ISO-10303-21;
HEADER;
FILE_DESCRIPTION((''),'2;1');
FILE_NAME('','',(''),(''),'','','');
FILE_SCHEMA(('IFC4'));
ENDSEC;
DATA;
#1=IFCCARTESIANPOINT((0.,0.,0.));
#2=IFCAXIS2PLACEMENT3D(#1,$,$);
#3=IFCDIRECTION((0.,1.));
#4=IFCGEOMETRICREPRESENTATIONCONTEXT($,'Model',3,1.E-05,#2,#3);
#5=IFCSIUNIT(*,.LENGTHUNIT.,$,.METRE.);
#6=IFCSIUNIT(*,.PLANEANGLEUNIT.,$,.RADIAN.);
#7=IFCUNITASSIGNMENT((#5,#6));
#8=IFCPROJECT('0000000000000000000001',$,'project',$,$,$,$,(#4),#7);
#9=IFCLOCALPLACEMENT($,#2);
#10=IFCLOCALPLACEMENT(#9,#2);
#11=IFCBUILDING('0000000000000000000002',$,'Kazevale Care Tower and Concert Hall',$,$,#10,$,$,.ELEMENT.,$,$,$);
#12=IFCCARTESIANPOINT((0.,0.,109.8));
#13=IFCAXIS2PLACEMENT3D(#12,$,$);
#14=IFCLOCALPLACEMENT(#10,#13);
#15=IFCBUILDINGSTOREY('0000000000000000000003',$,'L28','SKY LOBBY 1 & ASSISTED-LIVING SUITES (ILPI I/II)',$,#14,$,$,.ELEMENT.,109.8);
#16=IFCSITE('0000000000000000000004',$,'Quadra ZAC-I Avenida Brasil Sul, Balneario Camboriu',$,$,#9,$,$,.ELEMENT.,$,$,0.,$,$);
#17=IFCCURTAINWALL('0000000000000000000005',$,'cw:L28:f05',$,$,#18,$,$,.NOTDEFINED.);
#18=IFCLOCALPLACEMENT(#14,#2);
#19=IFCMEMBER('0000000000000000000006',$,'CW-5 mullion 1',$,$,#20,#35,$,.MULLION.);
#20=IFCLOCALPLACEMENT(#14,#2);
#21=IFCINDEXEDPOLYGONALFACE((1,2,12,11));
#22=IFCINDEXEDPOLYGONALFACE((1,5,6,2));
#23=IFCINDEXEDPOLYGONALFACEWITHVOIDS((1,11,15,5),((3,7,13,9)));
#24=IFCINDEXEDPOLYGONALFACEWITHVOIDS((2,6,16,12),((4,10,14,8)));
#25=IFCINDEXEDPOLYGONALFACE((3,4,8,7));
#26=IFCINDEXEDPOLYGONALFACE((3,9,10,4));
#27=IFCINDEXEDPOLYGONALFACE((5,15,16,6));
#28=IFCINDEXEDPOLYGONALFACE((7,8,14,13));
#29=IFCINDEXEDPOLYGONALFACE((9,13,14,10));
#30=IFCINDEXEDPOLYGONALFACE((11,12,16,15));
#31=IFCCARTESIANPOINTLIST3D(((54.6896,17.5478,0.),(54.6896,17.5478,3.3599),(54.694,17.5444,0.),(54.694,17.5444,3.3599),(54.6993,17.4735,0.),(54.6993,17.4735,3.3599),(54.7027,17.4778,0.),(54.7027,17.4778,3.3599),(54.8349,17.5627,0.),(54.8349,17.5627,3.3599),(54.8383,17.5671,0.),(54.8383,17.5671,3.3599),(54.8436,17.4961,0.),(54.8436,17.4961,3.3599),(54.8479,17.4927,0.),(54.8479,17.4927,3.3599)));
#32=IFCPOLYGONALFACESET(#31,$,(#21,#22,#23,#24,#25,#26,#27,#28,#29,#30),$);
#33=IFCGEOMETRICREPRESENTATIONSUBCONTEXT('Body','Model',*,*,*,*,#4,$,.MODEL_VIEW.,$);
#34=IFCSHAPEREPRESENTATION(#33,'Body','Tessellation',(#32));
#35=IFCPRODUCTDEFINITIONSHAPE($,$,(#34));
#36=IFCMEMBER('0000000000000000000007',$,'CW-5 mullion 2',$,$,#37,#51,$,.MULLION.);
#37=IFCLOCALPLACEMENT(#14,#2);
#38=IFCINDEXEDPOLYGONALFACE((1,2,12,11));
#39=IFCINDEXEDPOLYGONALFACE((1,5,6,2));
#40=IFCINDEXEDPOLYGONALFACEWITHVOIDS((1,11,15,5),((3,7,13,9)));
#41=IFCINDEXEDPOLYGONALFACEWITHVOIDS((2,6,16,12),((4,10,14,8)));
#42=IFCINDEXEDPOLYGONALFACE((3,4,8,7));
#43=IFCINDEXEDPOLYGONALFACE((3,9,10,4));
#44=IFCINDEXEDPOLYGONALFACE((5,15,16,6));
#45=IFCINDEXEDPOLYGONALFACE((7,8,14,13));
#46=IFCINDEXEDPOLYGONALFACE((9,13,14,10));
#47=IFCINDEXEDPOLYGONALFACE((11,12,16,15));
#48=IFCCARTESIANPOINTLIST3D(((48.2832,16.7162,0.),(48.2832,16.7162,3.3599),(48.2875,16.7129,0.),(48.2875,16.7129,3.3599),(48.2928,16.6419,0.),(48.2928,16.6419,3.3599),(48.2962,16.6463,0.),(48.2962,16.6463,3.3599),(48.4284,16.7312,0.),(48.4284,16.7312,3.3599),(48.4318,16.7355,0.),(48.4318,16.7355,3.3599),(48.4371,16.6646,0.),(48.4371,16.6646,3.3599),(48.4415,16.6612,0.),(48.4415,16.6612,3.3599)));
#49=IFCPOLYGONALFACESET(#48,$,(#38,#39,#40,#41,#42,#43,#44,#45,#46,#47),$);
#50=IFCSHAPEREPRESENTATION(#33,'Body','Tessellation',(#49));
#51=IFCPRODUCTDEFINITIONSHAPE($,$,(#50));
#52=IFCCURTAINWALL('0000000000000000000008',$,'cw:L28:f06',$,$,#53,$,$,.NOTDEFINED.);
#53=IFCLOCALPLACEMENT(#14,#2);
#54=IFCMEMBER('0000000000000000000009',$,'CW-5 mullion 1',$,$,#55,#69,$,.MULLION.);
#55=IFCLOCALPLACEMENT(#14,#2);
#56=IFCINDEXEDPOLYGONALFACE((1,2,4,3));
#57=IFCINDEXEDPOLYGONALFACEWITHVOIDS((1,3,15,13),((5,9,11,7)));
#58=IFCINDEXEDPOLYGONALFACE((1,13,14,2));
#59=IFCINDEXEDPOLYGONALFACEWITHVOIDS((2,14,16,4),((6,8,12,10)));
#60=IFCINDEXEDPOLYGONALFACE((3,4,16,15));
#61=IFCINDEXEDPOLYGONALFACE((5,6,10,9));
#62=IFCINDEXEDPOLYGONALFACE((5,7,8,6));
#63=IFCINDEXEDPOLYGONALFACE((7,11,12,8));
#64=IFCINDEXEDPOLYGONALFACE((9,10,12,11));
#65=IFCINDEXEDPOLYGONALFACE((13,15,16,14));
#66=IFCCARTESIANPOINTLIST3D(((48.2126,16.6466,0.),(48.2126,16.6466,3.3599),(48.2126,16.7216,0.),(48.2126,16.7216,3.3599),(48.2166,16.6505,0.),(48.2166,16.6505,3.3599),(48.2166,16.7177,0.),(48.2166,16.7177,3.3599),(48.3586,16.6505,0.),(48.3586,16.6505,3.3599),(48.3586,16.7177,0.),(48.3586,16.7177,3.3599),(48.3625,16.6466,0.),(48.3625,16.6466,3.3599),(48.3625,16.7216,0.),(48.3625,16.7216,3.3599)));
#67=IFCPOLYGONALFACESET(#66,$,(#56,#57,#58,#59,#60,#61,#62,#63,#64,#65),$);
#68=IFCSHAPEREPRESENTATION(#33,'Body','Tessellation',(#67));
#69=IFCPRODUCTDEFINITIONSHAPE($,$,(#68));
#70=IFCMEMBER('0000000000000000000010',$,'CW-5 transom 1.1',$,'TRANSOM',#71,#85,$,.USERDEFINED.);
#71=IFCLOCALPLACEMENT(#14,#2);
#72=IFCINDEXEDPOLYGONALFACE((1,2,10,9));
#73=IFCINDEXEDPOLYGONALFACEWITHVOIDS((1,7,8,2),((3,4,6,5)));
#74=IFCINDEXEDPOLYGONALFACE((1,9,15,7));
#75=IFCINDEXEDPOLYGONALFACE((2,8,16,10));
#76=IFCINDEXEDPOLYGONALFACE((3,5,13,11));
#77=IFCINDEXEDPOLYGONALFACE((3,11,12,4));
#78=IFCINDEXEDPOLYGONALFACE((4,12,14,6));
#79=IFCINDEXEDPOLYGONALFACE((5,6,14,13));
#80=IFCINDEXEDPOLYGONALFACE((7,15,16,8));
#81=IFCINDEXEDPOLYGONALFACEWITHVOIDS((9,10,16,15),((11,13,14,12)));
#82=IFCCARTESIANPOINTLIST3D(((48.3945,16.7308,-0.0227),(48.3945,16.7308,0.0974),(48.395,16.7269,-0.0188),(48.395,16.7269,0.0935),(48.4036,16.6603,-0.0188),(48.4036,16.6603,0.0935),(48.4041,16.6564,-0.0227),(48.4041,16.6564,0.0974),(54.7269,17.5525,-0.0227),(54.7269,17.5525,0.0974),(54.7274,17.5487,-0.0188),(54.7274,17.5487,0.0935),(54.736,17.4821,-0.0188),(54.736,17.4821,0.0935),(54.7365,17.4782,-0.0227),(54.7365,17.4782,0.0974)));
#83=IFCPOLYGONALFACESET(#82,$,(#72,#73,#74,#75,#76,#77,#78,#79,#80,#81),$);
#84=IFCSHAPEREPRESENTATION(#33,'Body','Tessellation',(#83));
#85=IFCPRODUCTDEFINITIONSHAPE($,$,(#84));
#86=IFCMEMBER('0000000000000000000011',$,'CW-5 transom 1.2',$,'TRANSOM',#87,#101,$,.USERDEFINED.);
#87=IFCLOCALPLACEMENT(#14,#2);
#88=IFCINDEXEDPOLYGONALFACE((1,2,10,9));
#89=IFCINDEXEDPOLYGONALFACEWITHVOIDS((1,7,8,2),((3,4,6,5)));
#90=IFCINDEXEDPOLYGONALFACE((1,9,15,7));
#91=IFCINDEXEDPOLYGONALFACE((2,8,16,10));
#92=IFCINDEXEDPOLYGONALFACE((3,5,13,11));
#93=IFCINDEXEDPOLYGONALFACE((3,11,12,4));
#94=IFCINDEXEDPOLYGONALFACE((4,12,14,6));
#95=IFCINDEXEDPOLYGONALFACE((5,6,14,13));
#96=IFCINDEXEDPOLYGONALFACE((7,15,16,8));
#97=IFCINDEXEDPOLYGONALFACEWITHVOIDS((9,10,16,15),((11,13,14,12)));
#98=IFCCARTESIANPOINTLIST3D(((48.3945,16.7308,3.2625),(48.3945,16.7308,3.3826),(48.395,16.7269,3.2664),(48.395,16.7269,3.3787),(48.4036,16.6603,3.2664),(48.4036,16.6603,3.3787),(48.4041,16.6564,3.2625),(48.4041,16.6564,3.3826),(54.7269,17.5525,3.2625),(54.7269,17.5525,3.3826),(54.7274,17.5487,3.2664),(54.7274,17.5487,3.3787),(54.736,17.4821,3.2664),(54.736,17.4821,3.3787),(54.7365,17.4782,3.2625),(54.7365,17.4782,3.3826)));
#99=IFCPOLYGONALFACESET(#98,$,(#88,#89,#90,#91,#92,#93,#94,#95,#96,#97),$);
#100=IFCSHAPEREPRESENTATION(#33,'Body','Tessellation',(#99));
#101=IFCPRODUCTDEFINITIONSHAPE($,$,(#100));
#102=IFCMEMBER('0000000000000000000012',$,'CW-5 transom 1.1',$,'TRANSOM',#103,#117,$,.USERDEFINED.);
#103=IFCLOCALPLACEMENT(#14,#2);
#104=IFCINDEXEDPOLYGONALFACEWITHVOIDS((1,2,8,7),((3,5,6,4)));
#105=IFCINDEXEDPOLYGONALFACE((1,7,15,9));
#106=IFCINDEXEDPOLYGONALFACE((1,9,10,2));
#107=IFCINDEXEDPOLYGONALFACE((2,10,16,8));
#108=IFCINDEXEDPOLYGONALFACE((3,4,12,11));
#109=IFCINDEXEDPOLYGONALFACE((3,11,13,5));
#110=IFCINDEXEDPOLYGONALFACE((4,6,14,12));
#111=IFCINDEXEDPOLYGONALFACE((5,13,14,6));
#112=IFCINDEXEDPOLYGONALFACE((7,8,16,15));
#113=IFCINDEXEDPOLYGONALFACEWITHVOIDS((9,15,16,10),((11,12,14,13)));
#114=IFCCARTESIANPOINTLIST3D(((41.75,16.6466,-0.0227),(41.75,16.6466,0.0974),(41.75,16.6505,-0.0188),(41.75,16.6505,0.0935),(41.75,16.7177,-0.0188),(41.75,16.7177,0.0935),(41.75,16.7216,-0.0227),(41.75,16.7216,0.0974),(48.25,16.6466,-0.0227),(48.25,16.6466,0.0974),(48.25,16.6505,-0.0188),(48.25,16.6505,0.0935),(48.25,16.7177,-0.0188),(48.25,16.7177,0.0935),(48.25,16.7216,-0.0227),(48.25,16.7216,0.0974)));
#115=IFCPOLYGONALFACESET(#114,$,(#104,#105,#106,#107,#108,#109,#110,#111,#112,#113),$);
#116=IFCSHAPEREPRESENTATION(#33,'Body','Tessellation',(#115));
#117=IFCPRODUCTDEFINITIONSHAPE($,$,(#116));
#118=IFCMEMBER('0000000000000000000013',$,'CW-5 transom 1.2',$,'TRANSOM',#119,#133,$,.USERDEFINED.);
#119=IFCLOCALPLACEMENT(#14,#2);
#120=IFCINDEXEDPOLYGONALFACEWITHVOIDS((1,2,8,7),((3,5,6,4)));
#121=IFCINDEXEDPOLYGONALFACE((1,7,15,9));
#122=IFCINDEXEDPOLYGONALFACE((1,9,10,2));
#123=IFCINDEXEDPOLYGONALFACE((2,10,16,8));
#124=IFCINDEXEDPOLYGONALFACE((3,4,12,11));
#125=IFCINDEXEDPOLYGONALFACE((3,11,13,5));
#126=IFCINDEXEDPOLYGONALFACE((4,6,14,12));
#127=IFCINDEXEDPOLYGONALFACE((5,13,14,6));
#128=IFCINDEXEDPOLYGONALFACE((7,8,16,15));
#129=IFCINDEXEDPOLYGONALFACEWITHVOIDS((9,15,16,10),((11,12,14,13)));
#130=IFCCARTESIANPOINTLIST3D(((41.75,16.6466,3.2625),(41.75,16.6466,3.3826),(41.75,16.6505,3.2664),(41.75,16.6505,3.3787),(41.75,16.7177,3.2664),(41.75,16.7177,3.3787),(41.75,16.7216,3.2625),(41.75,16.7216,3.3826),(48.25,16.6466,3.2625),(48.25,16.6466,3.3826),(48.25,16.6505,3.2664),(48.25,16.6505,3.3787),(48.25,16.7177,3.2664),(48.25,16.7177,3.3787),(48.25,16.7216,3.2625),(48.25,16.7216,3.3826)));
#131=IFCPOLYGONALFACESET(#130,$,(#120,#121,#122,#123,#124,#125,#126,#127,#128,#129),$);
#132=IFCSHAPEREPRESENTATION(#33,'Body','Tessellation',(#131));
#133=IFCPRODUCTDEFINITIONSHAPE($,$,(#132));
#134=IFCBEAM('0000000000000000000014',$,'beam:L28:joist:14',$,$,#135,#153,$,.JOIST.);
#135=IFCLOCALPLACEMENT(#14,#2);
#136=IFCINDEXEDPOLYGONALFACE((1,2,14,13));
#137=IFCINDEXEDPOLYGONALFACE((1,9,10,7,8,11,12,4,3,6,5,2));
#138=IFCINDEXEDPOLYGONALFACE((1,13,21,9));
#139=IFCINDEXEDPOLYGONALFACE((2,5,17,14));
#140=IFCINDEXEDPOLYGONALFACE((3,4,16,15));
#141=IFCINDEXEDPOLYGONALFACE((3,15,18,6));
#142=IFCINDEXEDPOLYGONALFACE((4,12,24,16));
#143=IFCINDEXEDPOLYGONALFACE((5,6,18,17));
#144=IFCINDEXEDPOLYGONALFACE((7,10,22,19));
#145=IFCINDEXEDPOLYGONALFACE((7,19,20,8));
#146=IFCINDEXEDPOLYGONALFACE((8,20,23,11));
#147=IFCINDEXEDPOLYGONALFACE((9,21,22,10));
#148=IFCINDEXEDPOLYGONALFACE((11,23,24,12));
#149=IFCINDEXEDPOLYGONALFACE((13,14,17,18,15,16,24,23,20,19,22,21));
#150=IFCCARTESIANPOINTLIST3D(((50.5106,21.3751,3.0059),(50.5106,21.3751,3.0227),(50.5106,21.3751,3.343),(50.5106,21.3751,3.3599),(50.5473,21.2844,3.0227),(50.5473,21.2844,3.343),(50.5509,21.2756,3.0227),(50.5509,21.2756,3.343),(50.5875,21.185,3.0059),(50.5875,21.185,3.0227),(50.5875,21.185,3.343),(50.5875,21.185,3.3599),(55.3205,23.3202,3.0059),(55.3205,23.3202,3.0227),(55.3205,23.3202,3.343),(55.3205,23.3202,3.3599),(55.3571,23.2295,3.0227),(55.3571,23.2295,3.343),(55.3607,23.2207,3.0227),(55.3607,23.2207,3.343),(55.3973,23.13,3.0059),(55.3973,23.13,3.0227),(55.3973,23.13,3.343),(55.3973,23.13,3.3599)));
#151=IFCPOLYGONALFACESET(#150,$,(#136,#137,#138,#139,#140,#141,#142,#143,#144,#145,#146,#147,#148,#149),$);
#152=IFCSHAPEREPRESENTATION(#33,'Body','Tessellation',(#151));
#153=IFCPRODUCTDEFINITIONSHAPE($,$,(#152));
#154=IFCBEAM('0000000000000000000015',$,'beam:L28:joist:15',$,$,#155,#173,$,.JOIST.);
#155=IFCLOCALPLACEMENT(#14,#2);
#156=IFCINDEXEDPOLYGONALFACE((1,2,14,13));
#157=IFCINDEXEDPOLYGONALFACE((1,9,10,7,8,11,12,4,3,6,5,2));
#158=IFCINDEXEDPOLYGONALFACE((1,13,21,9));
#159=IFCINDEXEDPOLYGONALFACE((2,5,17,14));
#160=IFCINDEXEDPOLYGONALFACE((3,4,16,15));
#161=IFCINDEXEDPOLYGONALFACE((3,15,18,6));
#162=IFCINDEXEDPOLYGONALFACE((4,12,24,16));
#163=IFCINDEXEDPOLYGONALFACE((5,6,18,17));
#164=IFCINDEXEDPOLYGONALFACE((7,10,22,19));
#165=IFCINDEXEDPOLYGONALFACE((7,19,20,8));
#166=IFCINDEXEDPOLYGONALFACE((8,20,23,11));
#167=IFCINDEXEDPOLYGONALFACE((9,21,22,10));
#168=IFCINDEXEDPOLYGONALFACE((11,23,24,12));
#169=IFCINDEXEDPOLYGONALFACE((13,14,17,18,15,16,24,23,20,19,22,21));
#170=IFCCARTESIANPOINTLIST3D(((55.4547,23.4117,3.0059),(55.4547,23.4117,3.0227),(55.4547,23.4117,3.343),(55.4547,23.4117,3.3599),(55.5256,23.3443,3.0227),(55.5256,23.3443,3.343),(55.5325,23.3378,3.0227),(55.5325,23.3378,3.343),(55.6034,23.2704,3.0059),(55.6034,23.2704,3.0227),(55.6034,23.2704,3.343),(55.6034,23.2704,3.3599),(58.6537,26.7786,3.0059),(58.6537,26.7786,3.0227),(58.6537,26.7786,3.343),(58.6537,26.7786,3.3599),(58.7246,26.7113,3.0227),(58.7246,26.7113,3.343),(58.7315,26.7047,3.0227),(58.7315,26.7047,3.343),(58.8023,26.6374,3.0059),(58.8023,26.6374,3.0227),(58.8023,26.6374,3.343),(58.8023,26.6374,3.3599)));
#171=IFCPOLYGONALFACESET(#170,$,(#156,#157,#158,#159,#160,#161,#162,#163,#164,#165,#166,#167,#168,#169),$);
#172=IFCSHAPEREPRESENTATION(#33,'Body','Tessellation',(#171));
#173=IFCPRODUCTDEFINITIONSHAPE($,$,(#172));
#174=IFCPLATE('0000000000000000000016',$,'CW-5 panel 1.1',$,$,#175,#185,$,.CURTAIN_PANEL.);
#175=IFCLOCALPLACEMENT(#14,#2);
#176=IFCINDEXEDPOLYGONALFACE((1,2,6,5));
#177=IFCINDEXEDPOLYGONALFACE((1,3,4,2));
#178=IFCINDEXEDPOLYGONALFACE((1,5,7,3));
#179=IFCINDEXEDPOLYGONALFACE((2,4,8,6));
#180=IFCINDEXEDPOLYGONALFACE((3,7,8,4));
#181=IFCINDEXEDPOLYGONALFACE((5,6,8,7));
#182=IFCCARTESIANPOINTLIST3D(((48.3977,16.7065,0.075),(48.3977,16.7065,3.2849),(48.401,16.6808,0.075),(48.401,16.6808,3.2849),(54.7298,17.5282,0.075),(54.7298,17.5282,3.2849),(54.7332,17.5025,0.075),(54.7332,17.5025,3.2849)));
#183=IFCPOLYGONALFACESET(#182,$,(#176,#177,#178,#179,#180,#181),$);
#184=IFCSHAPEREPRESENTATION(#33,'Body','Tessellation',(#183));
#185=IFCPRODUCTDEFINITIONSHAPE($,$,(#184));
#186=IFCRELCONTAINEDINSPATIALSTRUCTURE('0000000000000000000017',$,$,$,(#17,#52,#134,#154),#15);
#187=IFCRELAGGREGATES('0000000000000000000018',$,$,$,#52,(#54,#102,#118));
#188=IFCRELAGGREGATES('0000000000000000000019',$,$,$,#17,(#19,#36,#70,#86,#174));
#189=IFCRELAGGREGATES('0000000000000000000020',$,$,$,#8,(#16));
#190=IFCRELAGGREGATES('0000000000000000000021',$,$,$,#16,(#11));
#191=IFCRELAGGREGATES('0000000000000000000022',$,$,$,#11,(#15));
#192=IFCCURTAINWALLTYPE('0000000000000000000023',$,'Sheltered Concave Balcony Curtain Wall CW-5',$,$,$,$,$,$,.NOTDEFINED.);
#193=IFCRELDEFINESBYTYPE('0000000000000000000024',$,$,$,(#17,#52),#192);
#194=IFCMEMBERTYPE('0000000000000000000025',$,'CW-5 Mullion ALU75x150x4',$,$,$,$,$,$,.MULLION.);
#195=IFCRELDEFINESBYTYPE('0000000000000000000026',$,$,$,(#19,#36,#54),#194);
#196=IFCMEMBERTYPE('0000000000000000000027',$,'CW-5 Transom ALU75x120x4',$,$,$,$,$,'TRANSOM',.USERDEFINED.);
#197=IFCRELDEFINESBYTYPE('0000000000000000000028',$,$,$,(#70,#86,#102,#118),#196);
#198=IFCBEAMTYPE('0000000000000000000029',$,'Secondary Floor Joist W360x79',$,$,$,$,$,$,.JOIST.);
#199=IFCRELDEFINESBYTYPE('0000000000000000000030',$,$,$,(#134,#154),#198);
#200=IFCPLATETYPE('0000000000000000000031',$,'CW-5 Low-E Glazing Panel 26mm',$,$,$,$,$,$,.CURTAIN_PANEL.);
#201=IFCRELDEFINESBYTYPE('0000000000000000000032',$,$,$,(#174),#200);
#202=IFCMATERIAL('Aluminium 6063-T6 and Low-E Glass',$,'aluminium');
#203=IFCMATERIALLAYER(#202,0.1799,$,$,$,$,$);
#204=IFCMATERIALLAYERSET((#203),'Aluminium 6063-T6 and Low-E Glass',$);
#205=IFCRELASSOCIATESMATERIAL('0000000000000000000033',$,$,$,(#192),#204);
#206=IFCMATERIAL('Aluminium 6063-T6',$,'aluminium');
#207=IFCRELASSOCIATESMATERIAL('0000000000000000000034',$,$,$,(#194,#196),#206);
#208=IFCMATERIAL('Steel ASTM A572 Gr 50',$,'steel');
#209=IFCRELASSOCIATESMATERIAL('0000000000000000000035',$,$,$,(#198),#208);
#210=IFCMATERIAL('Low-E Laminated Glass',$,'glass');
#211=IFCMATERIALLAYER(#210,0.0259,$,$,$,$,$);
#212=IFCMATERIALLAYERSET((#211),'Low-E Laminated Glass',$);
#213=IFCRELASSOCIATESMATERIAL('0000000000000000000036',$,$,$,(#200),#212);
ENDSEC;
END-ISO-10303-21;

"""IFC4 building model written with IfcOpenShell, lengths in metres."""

from ifc_helpers import new_model, si_unit, direction, frame, origin, origin_2d, place, context, subcontext, project, spatial, rectangle, hollow_rectangle, i_section, extrude, material, layer, layer_set, material_profile, profile_set, type_object, element, aggregate, save


model = new_model("IFC4")

# Units and contexts
model_context = context("Model", 3, precision=1e-05, world=origin(), true_north=direction((0.0, 1.0)))
body_context = subcontext(model_context, "Body", "Model", "MODEL_VIEW")
ifc_project = project(units=[si_unit("LENGTHUNIT", "METRE"), si_unit("PLANEANGLEUNIT", "RADIAN")], contexts=[model_context])

# Site, building, storey
site_placement = place(None, origin())
site = spatial("IfcSite", under=ifc_project, at=site_placement, Name="Quadra ZAC-I Avenida Brasil Sul, Balneario Camboriu", CompositionType="ELEMENT", RefElevation=0.0)
building_placement = place(site_placement, origin())
building = spatial("IfcBuilding", under=site, at=building_placement, Name="Kazevale Care Tower and Concert Hall", CompositionType="ELEMENT")
storey_placement = place(building_placement, frame((0.0, 0.0, 109.8)))
storey = spatial("IfcBuildingStorey", under=building, at=storey_placement, Name="L28", Description="SKY LOBBY 1 & ASSISTED-LIVING SUITES (ILPI I/II)", CompositionType="ELEMENT", Elevation=109.8)

# Curtain wall, members
ifc_material_1 = material(Name="Aluminium 6063-T6 and Low-E Glass", Category="aluminium")
ifc_layer_1 = layer(ifc_material_1, 0.1799)
ifc_layer_set_1 = layer_set([ifc_layer_1], Name="Aluminium 6063-T6 and Low-E Glass")
curtain_wall_type = type_object("IfcCurtainWallType", Name="Sheltered Concave Balcony Curtain Wall CW-5", PredefinedType="NOTDEFINED", material=ifc_layer_set_1)
curtain_wall_1_placement = place(storey_placement, origin())
curtain_wall_1 = element("IfcCurtainWall", 1, at=curtain_wall_1_placement, inside=storey, type_object=curtain_wall_type, Name="cw:L28:f05", PredefinedType="NOTDEFINED")
ifc_material_2 = material(Name="Aluminium 6063-T6", Category="aluminium")
ifc_material_profile_1 = material_profile(ifc_material_2, hollow_rectangle(XDim=0.075, YDim=0.1499, WallThickness=0.0039, at=origin_2d()), Name="ALU75x150x4")
ifc_profile_set_1 = profile_set([ifc_material_profile_1], Name="Aluminium 6063-T6")
member_type_1 = type_object("IfcMemberType", Name="CW-5 Mullion ALU75x150x4", PredefinedType="MULLION", material=ifc_profile_set_1)
member_1_placement = place(storey_placement, frame((54.7688, 17.5203, 0.0), z_axis=(0.0, 0.0, 1.0), x_axis=(0.128685, -0.991686, 0.0)))
member_1 = element("IfcMember", 2, at=member_1_placement, type_object=member_type_1, Name="CW-5 mullion 1", PredefinedType="MULLION", context=body_context, shape_type="SweptSolid", body=[
    extrude(hollow_rectangle(XDim=0.075, YDim=0.1499, WallThickness=0.0039, at=origin_2d()), origin(), (0.0, 0.0, 1.0), 3.3599),
])
member_2_placement = place(storey_placement, frame((48.3623, 16.6887, 0.0), z_axis=(0.0, 0.0, 1.0), x_axis=(0.128685, -0.991686, 0.0)))
member_2 = element("IfcMember", 3, at=member_2_placement, type_object=member_type_1, Name="CW-5 mullion 2", PredefinedType="MULLION", context=body_context, shape_type="SweptSolid", body=[
    extrude(hollow_rectangle(XDim=0.075, YDim=0.1499, WallThickness=0.0039, at=origin_2d()), origin(), (0.0, 0.0, 1.0), 3.3599),
])

# Curtain wall, member
curtain_wall_2_placement = place(storey_placement, origin())
curtain_wall_2 = element("IfcCurtainWall", 4, at=curtain_wall_2_placement, inside=storey, type_object=curtain_wall_type, Name="cw:L28:f06", PredefinedType="NOTDEFINED")
member_3_placement = place(storey_placement, frame((48.2876, 16.6841, 0.0), z_axis=(0.0, 0.0, 1.0), x_axis=(0.0, -1.0, 0.0)))
member_3 = element("IfcMember", 5, at=member_3_placement, type_object=member_type_1, Name="CW-5 mullion 1", PredefinedType="MULLION", context=body_context, shape_type="SweptSolid", body=[
    extrude(hollow_rectangle(XDim=0.075, YDim=0.1499, WallThickness=0.0039, at=origin_2d()), origin(), (0.0, 0.0, 1.0), 3.3599),
])

# Members
ifc_material_profile_2 = material_profile(ifc_material_2, hollow_rectangle(XDim=0.075, YDim=0.1201, WallThickness=0.0039, at=origin_2d()), Name="ALU75x120x4")
ifc_profile_set_2 = profile_set([ifc_material_profile_2], Name="Aluminium 6063-T6")
member_type_2 = type_object("IfcMemberType", Name="CW-5 Transom ALU75x120x4", ElementType="TRANSOM", PredefinedType="USERDEFINED", material=ifc_profile_set_2)
member_4_placement = place(storey_placement, frame((54.7317, 17.5154, 0.0374), z_axis=(-0.991684, -0.128697, 0.0), x_axis=(0.128697, -0.991684, 0.0)))
member_4 = element("IfcMember", 6, at=member_4_placement, type_object=member_type_2, Name="CW-5 transom 1.1", ObjectType="TRANSOM", PredefinedType="USERDEFINED", context=body_context, shape_type="SweptSolid", body=[
    extrude(hollow_rectangle(XDim=0.075, YDim=0.1201, WallThickness=0.0039, at=origin_2d()), origin(), (0.0, 0.0, 1.0), 6.3855),
])
member_5_placement = place(storey_placement, frame((54.7317, 17.5154, 3.3225), z_axis=(-0.991684, -0.128697, 0.0), x_axis=(0.128697, -0.991684, 0.0)))
member_5 = element("IfcMember", 7, at=member_5_placement, type_object=member_type_2, Name="CW-5 transom 1.2", ObjectType="TRANSOM", PredefinedType="USERDEFINED", context=body_context, shape_type="SweptSolid", body=[
    extrude(hollow_rectangle(XDim=0.075, YDim=0.1201, WallThickness=0.0039, at=origin_2d()), origin(), (0.0, 0.0, 1.0), 6.3855),
])
member_6_placement = place(storey_placement, frame((48.25, 16.6841, 0.0374), z_axis=(-1.0, 0.0, 0.0), x_axis=(0.0, -1.0, 0.0)))
member_6 = element("IfcMember", 8, at=member_6_placement, type_object=member_type_2, Name="CW-5 transom 1.1", ObjectType="TRANSOM", PredefinedType="USERDEFINED", context=body_context, shape_type="SweptSolid", body=[
    extrude(hollow_rectangle(XDim=0.075, YDim=0.1201, WallThickness=0.0039, at=origin_2d()), origin(), (0.0, 0.0, 1.0), 6.5),
])
member_7_placement = place(storey_placement, frame((48.25, 16.6841, 3.3225), z_axis=(-1.0, 0.0, 0.0), x_axis=(0.0, -1.0, 0.0)))
member_7 = element("IfcMember", 9, at=member_7_placement, type_object=member_type_2, Name="CW-5 transom 1.2", ObjectType="TRANSOM", PredefinedType="USERDEFINED", context=body_context, shape_type="SweptSolid", body=[
    extrude(hollow_rectangle(XDim=0.075, YDim=0.1201, WallThickness=0.0039, at=origin_2d()), origin(), (0.0, 0.0, 1.0), 6.5),
])
aggregate(curtain_wall_2, [member_3, member_6, member_7])

# Beams
ifc_material_3 = material(Name="Steel ASTM A572 Gr 50", Category="steel")
ifc_material_profile_3 = material_profile(ifc_material_3, i_section(OverallWidth=0.2051, OverallDepth=0.354, WebThickness=0.0095, FlangeThickness=0.0168, at=origin_2d()), Name="W360x79")
ifc_profile_set_3 = profile_set([ifc_material_profile_3], Name="Steel ASTM A572 Gr 50")
beam_type = type_object("IfcBeamType", Name="Secondary Floor Joist W360x79", PredefinedType="JOIST", material=ifc_profile_set_3)
beam_1_placement = place(storey_placement, frame((50.5491, 21.28, 3.1829), z_axis=(0.927065, 0.374901, 0.0), x_axis=(-0.374901, 0.927065, 0.0)))
element("IfcBeam", 10, at=beam_1_placement, inside=storey, type_object=beam_type, Name="beam:L28:joist:14", PredefinedType="JOIST", context=body_context, shape_type="SweptSolid", body=[
    extrude(i_section(OverallWidth=0.2051, OverallDepth=0.354, WebThickness=0.0095, FlangeThickness=0.0168, at=origin_2d()), origin(), (0.0, 0.0, 1.0), 5.1882),
])
beam_2_placement = place(storey_placement, frame((55.5291, 23.3411, 3.1829), z_axis=(0.688792, 0.724959, 0.0), x_axis=(-0.724959, 0.688792, 0.0)))
element("IfcBeam", 11, at=beam_2_placement, inside=storey, type_object=beam_type, Name="beam:L28:joist:15", PredefinedType="JOIST", context=body_context, shape_type="SweptSolid", body=[
    extrude(i_section(OverallWidth=0.2051, OverallDepth=0.354, WebThickness=0.0095, FlangeThickness=0.0168, at=origin_2d()), origin(), (0.0, 0.0, 1.0), 4.6443),
])

# Plate
ifc_material_4 = material(Name="Low-E Laminated Glass", Category="glass")
ifc_layer_2 = layer(ifc_material_4, 0.0259)
ifc_layer_set_2 = layer_set([ifc_layer_2], Name="Low-E Laminated Glass")
plate_type = type_object("IfcPlateType", Name="CW-5 Low-E Glazing Panel 26mm", PredefinedType="CURTAIN_PANEL", material=ifc_layer_set_2)
plate_placement = place(storey_placement, frame((51.5654, 17.1045, 0.075), z_axis=(0.0, 0.0, 1.0), x_axis=(-0.991686, -0.128685, 0.0)))
plate = element("IfcPlate", 12, at=plate_placement, type_object=plate_type, Name="CW-5 panel 1.1", PredefinedType="CURTAIN_PANEL", context=body_context, shape_type="SweptSolid", body=[
    extrude(rectangle(XDim=6.3853, YDim=0.0259, at=origin_2d()), origin(), (0.0, 0.0, 1.0), 3.21),
])
aggregate(curtain_wall_1, [member_1, member_2, member_4, member_5, plate])

save(model, "model.ifc")
